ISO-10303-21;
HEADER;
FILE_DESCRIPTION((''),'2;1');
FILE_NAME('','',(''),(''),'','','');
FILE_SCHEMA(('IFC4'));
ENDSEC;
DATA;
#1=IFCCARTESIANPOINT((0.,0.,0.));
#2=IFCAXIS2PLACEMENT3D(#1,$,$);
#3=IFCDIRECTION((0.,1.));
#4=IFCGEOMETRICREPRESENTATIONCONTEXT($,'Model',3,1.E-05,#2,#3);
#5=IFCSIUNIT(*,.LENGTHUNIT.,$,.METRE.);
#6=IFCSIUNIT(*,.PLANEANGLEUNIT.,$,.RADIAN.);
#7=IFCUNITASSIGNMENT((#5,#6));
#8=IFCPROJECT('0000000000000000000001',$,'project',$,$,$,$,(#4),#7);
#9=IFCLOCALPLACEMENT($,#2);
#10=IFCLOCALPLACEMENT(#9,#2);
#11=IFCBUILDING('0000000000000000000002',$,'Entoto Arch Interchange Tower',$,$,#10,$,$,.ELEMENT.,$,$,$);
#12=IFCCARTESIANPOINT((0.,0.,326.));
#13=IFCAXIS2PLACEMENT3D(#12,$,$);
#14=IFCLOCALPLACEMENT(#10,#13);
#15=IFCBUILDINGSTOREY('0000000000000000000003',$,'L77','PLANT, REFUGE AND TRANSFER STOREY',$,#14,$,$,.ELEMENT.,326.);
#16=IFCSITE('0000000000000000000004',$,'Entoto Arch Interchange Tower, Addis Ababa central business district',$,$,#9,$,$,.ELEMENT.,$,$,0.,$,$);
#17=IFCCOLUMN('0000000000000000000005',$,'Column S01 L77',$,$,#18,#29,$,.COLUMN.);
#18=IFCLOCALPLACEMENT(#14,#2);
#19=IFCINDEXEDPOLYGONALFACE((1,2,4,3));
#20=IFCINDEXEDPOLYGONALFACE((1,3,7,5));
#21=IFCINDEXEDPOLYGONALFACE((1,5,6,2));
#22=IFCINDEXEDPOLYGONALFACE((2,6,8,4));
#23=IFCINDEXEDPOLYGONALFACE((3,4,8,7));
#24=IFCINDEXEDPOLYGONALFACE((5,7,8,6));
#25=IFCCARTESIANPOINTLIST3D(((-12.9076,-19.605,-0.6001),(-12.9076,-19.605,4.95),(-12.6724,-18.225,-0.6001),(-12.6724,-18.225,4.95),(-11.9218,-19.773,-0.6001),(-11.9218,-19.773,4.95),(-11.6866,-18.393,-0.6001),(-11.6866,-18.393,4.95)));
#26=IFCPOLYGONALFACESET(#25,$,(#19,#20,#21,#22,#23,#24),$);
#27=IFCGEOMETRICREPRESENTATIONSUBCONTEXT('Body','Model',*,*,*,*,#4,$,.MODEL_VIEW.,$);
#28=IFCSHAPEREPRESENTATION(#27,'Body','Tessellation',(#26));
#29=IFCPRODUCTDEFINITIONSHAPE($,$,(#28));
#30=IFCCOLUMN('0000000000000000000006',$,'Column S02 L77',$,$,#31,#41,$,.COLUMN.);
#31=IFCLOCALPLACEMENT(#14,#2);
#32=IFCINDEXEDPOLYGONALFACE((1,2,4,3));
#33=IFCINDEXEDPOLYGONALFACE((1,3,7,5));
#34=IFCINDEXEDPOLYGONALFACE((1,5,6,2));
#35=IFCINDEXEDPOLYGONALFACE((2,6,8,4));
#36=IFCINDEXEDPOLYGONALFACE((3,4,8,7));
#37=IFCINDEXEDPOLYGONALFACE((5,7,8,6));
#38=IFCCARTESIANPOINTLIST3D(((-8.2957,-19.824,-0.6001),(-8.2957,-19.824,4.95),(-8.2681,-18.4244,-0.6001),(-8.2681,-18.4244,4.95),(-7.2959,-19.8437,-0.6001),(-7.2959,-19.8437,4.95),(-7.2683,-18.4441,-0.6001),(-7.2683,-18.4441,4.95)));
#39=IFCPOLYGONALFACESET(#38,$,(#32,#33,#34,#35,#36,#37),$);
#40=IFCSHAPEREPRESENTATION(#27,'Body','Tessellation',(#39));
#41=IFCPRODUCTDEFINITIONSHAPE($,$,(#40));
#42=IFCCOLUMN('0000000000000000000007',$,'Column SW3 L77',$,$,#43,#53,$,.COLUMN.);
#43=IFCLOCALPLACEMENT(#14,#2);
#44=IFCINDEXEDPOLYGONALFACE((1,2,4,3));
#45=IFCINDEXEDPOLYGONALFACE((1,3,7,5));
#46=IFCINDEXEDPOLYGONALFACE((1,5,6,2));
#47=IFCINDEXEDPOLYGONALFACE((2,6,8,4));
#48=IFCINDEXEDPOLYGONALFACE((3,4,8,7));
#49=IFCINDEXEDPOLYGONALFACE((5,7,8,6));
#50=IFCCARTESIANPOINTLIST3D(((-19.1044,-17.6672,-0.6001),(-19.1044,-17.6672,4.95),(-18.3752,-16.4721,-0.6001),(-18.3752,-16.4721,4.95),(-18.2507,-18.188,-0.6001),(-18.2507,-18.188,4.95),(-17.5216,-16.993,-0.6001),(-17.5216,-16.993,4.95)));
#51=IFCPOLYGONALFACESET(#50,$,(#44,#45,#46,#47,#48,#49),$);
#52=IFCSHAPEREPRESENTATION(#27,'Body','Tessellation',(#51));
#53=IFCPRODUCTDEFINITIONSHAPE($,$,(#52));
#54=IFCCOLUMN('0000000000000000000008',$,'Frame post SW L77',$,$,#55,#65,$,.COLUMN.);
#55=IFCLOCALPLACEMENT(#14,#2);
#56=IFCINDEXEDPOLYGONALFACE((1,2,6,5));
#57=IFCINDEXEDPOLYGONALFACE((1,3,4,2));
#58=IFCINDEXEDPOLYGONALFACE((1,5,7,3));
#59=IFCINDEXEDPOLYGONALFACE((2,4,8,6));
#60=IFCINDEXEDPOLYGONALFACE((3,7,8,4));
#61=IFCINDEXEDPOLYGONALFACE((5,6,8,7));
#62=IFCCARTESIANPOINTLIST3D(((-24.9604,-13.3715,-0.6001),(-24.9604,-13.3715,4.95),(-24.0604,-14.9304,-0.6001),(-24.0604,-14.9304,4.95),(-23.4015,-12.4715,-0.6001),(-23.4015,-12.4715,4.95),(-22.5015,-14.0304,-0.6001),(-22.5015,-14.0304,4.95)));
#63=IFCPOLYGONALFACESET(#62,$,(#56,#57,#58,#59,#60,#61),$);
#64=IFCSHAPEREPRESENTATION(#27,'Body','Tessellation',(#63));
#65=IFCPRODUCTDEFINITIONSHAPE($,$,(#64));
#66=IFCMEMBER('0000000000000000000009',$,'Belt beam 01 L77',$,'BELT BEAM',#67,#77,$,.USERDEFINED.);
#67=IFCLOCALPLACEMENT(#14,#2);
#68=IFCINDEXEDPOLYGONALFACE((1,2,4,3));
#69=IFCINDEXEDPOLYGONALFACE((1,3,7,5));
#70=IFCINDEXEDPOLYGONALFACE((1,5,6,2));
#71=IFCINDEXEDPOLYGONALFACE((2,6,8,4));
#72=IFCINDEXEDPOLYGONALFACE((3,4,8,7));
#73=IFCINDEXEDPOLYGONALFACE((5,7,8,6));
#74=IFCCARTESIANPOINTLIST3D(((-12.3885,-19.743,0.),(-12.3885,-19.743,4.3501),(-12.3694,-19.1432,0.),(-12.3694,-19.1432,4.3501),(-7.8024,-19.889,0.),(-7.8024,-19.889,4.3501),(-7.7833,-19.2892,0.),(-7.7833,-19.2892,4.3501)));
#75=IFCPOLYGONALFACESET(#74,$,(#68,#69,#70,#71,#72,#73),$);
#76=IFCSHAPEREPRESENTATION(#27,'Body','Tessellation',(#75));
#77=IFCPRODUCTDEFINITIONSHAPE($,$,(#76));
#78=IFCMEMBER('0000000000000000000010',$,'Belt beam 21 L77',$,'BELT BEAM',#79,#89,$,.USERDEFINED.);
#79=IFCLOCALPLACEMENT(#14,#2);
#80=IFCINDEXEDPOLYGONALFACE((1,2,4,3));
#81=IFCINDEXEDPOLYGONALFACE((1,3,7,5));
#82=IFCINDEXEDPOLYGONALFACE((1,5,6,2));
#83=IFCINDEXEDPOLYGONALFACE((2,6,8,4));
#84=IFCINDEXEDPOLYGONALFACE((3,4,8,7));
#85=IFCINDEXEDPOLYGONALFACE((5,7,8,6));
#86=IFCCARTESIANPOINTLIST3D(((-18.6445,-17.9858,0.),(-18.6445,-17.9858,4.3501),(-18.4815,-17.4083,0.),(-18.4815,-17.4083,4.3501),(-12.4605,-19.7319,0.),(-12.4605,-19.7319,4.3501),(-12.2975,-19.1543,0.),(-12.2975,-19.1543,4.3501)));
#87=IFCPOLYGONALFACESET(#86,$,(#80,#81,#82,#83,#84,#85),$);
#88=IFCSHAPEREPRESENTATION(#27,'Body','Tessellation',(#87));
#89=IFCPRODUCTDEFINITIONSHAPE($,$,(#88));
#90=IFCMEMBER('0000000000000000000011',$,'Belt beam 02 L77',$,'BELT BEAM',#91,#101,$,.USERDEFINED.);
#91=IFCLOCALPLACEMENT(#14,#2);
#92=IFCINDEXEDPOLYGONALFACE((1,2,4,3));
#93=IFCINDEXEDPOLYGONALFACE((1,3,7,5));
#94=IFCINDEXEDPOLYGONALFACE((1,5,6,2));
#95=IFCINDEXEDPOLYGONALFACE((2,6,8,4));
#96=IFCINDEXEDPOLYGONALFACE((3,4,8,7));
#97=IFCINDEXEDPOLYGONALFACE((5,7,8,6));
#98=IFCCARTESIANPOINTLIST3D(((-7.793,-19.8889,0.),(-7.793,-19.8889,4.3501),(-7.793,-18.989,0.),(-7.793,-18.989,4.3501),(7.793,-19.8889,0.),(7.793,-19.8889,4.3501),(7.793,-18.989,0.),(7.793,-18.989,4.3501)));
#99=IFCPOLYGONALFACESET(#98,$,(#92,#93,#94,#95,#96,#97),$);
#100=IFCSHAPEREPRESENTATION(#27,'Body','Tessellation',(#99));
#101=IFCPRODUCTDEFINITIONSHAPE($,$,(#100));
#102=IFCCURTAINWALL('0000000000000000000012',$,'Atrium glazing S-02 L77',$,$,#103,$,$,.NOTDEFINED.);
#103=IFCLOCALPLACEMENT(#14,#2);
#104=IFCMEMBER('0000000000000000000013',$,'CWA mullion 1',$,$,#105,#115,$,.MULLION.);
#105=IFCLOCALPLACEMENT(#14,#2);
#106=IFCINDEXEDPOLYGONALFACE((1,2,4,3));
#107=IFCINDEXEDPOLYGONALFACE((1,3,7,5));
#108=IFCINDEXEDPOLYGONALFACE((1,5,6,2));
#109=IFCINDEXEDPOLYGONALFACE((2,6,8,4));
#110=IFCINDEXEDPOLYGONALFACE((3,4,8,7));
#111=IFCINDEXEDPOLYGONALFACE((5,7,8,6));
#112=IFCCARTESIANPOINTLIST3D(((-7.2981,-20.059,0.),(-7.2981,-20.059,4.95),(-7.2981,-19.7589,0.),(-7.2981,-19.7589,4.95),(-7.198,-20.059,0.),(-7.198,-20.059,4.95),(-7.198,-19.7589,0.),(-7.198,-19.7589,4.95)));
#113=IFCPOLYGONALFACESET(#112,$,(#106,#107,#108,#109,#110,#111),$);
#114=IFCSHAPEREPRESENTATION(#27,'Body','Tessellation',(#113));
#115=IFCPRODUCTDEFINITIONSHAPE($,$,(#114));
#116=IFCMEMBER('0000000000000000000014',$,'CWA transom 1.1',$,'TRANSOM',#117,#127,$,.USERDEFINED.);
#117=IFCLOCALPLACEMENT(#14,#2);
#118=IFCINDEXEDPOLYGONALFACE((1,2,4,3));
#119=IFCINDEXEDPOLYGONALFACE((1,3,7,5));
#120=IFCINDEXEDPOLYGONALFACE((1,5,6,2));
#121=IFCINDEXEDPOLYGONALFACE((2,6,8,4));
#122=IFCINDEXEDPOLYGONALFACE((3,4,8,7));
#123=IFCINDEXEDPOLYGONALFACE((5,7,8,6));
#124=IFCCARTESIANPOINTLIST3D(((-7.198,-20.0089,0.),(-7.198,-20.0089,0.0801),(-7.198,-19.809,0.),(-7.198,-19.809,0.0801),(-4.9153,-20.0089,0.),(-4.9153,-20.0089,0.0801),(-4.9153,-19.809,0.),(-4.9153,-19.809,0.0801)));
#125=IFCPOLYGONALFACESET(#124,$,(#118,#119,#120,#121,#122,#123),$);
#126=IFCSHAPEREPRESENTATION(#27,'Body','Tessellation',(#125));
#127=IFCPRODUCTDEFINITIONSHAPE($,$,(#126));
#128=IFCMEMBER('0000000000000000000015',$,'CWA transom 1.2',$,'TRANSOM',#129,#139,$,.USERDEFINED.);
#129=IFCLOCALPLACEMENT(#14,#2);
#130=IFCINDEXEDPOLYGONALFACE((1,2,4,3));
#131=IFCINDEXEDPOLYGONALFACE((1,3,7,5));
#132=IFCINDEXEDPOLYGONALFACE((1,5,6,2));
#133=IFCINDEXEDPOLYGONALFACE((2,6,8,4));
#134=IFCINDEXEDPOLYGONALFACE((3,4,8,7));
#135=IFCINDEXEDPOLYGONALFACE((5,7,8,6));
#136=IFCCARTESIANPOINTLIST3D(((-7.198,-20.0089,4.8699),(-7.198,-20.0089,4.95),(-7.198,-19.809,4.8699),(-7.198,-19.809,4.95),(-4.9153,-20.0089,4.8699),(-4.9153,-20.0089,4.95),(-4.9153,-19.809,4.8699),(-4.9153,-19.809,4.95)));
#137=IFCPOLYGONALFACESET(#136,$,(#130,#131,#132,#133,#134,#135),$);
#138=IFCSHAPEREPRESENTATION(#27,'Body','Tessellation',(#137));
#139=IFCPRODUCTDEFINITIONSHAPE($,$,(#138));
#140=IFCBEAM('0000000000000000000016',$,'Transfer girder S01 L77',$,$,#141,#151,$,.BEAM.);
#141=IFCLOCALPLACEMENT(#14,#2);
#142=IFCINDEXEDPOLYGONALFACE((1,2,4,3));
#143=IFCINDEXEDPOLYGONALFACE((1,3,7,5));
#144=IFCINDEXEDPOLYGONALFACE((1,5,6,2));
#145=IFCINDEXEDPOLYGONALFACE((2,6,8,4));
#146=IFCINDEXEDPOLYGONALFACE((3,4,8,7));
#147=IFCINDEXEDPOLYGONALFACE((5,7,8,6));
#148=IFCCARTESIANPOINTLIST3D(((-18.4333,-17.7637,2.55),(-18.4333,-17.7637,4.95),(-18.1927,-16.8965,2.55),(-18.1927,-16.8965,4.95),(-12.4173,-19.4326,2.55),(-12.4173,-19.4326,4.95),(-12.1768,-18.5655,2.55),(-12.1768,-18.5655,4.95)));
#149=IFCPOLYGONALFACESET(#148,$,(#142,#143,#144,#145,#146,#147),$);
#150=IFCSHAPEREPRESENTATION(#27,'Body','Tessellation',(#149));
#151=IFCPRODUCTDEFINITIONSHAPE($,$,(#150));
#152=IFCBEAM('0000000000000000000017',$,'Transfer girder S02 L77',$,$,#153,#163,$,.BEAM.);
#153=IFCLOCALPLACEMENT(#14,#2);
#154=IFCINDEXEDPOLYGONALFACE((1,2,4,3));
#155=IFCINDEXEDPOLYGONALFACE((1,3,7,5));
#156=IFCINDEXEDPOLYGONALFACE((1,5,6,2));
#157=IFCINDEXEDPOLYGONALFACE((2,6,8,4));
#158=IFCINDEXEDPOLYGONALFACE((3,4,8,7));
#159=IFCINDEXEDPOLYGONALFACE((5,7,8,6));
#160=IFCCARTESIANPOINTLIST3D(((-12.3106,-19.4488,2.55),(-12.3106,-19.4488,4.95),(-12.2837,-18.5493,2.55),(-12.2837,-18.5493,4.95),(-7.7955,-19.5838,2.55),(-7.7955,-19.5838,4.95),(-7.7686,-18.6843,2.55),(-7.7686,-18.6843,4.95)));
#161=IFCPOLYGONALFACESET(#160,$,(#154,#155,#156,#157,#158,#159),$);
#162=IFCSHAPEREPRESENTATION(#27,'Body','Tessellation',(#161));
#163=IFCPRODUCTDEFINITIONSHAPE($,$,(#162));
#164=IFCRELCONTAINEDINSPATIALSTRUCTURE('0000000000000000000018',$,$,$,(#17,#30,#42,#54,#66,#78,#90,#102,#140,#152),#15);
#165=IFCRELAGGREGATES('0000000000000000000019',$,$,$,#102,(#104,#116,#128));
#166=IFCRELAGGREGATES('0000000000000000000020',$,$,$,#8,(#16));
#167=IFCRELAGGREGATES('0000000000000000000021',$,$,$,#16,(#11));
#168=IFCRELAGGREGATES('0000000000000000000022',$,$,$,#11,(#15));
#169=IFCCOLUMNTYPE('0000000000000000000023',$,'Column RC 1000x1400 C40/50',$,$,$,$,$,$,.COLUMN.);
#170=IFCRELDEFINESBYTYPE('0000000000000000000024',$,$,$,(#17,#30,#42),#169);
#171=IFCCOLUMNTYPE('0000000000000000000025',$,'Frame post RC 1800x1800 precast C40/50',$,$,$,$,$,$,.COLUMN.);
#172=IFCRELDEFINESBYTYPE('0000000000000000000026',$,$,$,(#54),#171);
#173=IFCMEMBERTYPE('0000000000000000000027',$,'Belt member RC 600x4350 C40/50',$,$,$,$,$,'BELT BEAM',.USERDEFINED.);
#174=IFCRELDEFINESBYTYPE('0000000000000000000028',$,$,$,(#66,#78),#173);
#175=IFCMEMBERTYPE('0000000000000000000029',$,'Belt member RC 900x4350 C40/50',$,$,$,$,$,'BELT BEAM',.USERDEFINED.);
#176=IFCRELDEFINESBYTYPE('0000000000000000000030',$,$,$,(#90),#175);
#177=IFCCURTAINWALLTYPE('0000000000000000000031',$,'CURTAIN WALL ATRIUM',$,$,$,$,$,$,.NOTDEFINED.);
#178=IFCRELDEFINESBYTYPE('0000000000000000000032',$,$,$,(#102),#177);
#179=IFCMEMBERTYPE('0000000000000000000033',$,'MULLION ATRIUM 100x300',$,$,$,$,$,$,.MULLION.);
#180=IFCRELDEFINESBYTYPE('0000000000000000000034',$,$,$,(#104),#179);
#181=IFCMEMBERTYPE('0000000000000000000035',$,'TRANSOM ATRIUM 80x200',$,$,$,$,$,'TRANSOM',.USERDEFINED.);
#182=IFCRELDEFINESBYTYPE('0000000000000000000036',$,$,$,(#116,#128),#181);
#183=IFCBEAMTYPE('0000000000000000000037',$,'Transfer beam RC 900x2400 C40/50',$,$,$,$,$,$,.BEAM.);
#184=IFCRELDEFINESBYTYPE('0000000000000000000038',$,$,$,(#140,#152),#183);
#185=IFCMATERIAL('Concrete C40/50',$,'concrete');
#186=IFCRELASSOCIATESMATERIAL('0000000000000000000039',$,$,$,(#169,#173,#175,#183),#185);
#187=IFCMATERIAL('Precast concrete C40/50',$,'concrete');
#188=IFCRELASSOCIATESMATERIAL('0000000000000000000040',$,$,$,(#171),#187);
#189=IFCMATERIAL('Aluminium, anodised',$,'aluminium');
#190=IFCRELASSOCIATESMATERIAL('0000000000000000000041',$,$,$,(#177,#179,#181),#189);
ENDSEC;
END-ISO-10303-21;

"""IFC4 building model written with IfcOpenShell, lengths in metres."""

from ifc_helpers import new_model, si_unit, direction, frame, origin, origin_2d, place, context, subcontext, project, spatial, rectangle, extrude, material, material_profile, profile_set, type_object, element, aggregate, save


model = new_model("IFC4")

# Units and contexts
model_context = context("Model", 3, precision=1e-05, world=origin(), true_north=direction((0.0, 1.0)))
body_context = subcontext(model_context, "Body", "Model", "MODEL_VIEW")
ifc_project = project(units=[si_unit("LENGTHUNIT", "METRE"), si_unit("PLANEANGLEUNIT", "RADIAN")], contexts=[model_context])

# Site, building, storey
site_placement = place(None, origin())
site = spatial("IfcSite", under=ifc_project, at=site_placement, Name="Entoto Arch Interchange Tower, Addis Ababa central business district", CompositionType="ELEMENT", RefElevation=0.0)
building_placement = place(site_placement, origin())
building = spatial("IfcBuilding", under=site, at=building_placement, Name="Entoto Arch Interchange Tower", CompositionType="ELEMENT")
storey_placement = place(building_placement, frame((0.0, 0.0, 326.0)))
storey = spatial("IfcBuildingStorey", under=building, at=storey_placement, Name="L77", Description="PLANT, REFUGE AND TRANSFER STOREY", CompositionType="ELEMENT", Elevation=326.0)

# Columns
ifc_material_1 = material(Name="Concrete C40/50", Category="concrete")
ifc_material_profile_1 = material_profile(ifc_material_1, rectangle(XDim=1.0, YDim=1.3999, at=origin_2d()))
ifc_profile_set_1 = profile_set([ifc_material_profile_1], Name="Concrete C40/50")
column_type_1 = type_object("IfcColumnType", Name="Column RC 1000x1400 C40/50", PredefinedType="COLUMN", material=ifc_profile_set_1)
for number, where, z_axis, x_axis, name in (
    (1, (-12.2971, -18.999, -0.6001), (0.0, 0.0, 1.0), (-0.985786, 0.168008, 0.0), "Column S01 L77"),
    (2, (-7.782, -19.134, -0.6001), (0.0, 0.0, 1.0), (-0.999806, 0.019721, 0.0), "Column S02 L77"),
    (3, (-18.313, -17.3301, -0.6001), (0.0, 0.0, 1.0), (-0.853651, 0.520846, 0.0), "Column SW3 L77"),
):
    element("IfcColumn", number, at=place(storey_placement, frame(where, z_axis=z_axis, x_axis=x_axis)), inside=storey, type_object=column_type_1, Name=name, PredefinedType="COLUMN", context=body_context, shape_type="SweptSolid", body=[
        extrude(rectangle(XDim=1.0, YDim=1.3999, at=origin_2d()), origin(), (0.0, 0.0, 1.0), 5.55),
    ])
ifc_material_2 = material(Name="Precast concrete C40/50", Category="concrete")
ifc_material_profile_2 = material_profile(ifc_material_2, rectangle(XDim=1.8, YDim=1.8, at=origin_2d()))
ifc_profile_set_2 = profile_set([ifc_material_profile_2], Name="Precast concrete C40/50")
column_type_2 = type_object("IfcColumnType", Name="Frame post RC 1800x1800 precast C40/50", PredefinedType="COLUMN", material=ifc_profile_set_2)
column_placement = place(storey_placement, frame((-23.731, -13.7009, -0.6001), z_axis=(0.0, 0.0, 1.0), x_axis=(0.866025, 0.5, 0.0)))
element("IfcColumn", 4, at=column_placement, inside=storey, type_object=column_type_2, Name="Frame post SW L77", PredefinedType="COLUMN", context=body_context, shape_type="SweptSolid", body=[
    extrude(rectangle(XDim=1.8, YDim=1.8, at=origin_2d()), origin(), (0.0, 0.0, 1.0), 5.55),
])

# Members
ifc_material_profile_3 = material_profile(ifc_material_1, rectangle(XDim=0.6001, YDim=4.3501, at=origin_2d()))
ifc_profile_set_3 = profile_set([ifc_material_profile_3], Name="Concrete C40/50")
member_type_1 = type_object("IfcMemberType", Name="Belt member RC 600x4350 C40/50", ElementType="BELT BEAM", PredefinedType="USERDEFINED", material=ifc_profile_set_3)
member_1_placement = place(storey_placement, frame((-12.3789, -19.4431, 2.175), z_axis=(0.999494, -0.031819, 0.0), x_axis=(0.031819, 0.999494, 0.0)))
element("IfcMember", 5, at=member_1_placement, inside=storey, type_object=member_type_1, Name="Belt beam 01 L77", ObjectType="BELT BEAM", PredefinedType="USERDEFINED", context=body_context, shape_type="SweptSolid", body=[
    extrude(rectangle(XDim=0.6001, YDim=4.3501, at=origin_2d()), origin(), (0.0, 0.0, 1.0), 4.5884),
])
member_2_placement = place(storey_placement, frame((-18.563, -17.697, 2.175), z_axis=(0.962374, -0.271729, 0.0), x_axis=(0.271729, 0.962374, 0.0)))
element("IfcMember", 6, at=member_2_placement, inside=storey, type_object=member_type_1, Name="Belt beam 21 L77", ObjectType="BELT BEAM", PredefinedType="USERDEFINED", context=body_context, shape_type="SweptSolid", body=[
    extrude(rectangle(XDim=0.6001, YDim=4.3501, at=origin_2d()), origin(), (0.0, 0.0, 1.0), 6.4258),
])
ifc_material_profile_4 = material_profile(ifc_material_1, rectangle(XDim=0.8999, YDim=4.3501, at=origin_2d()))
ifc_profile_set_4 = profile_set([ifc_material_profile_4], Name="Concrete C40/50")
member_type_2 = type_object("IfcMemberType", Name="Belt member RC 900x4350 C40/50", ElementType="BELT BEAM", PredefinedType="USERDEFINED", material=ifc_profile_set_4)
member_3_placement = place(storey_placement, frame((-7.793, -19.439, 2.175), z_axis=(1.0, 0.0, 0.0), x_axis=(0.0, 1.0, 0.0)))
element("IfcMember", 7, at=member_3_placement, inside=storey, type_object=member_type_2, Name="Belt beam 02 L77", ObjectType="BELT BEAM", PredefinedType="USERDEFINED", context=body_context, shape_type="SweptSolid", body=[
    extrude(rectangle(XDim=0.8999, YDim=4.3501, at=origin_2d()), origin(), (0.0, 0.0, 1.0), 15.5859),
])

# Curtain wall, members
ifc_material_3 = material(Name="Aluminium, anodised", Category="aluminium")
curtain_wall_type = type_object("IfcCurtainWallType", Name="CURTAIN WALL ATRIUM", PredefinedType="NOTDEFINED", material=ifc_material_3)
curtain_wall_placement = place(storey_placement, origin())
curtain_wall = element("IfcCurtainWall", 8, at=curtain_wall_placement, inside=storey, type_object=curtain_wall_type, Name="Atrium glazing S-02 L77", PredefinedType="NOTDEFINED")
ifc_material_profile_5 = material_profile(ifc_material_3, rectangle(XDim=0.3, YDim=0.1001, at=origin_2d()))
ifc_profile_set_5 = profile_set([ifc_material_profile_5], Name="Aluminium, anodised")
member_type_3 = type_object("IfcMemberType", Name="MULLION ATRIUM 100x300", PredefinedType="MULLION", material=ifc_profile_set_5)
member_4_placement = place(storey_placement, frame((-7.248, -19.9089, 0.0), z_axis=(0.0, 0.0, 1.0), x_axis=(0.0, 1.0, 0.0)))
member_4 = element("IfcMember", 9, at=member_4_placement, type_object=member_type_3, Name="CWA mullion 1", PredefinedType="MULLION", context=body_context, shape_type="SweptSolid", body=[
    extrude(rectangle(XDim=0.3, YDim=0.1001, at=origin_2d()), origin(), (0.0, 0.0, 1.0), 4.95),
])
ifc_material_profile_6 = material_profile(ifc_material_3, rectangle(XDim=0.2, YDim=0.0801, at=origin_2d()))
ifc_profile_set_6 = profile_set([ifc_material_profile_6], Name="Aluminium, anodised")
member_type_4 = type_object("IfcMemberType", Name="TRANSOM ATRIUM 80x200", ElementType="TRANSOM", PredefinedType="USERDEFINED", material=ifc_profile_set_6)
member_5_placement = place(storey_placement, frame((-7.198, -19.9089, 0.04), z_axis=(1.0, 0.0, 0.0), x_axis=(0.0, 1.0, 0.0)))
member_5 = element("IfcMember", 10, at=member_5_placement, type_object=member_type_4, Name="CWA transom 1.1", ObjectType="TRANSOM", PredefinedType="USERDEFINED", context=body_context, shape_type="SweptSolid", body=[
    extrude(rectangle(XDim=0.2, YDim=0.0801, at=origin_2d()), origin(), (0.0, 0.0, 1.0), 2.2827),
])
member_6_placement = place(storey_placement, frame((-7.198, -19.9089, 4.9099), z_axis=(1.0, 0.0, 0.0), x_axis=(0.0, 1.0, 0.0)))
member_6 = element("IfcMember", 11, at=member_6_placement, type_object=member_type_4, Name="CWA transom 1.2", ObjectType="TRANSOM", PredefinedType="USERDEFINED", context=body_context, shape_type="SweptSolid", body=[
    extrude(rectangle(XDim=0.2, YDim=0.0801, at=origin_2d()), origin(), (0.0, 0.0, 1.0), 2.2827),
])
aggregate(curtain_wall, [member_4, member_5, member_6])

# Beams
ifc_material_profile_7 = material_profile(ifc_material_1, rectangle(XDim=0.8999, YDim=2.3999, at=origin_2d()))
ifc_profile_set_7 = profile_set([ifc_material_profile_7], Name="Concrete C40/50")
beam_type = type_object("IfcBeamType", Name="Transfer beam RC 900x2400 C40/50", PredefinedType="BEAM", material=ifc_profile_set_7)
beam_1_placement = place(storey_placement, frame((-18.313, -17.3301, 3.75), z_axis=(0.963606, -0.267327, 0.0), x_axis=(0.267327, 0.963606, 0.0)))
element("IfcBeam", 12, at=beam_1_placement, inside=storey, type_object=beam_type, Name="Transfer girder S01 L77", PredefinedType="BEAM", context=body_context, shape_type="SweptSolid", body=[
    extrude(rectangle(XDim=0.8999, YDim=2.3999, at=origin_2d()), origin(), (0.0, 0.0, 1.0), 6.2432),
])
beam_2_placement = place(storey_placement, frame((-12.2971, -18.999, 3.75), z_axis=(0.999553, -0.029888, 0.0), x_axis=(0.029888, 0.999553, 0.0)))
element("IfcBeam", 13, at=beam_2_placement, inside=storey, type_object=beam_type, Name="Transfer girder S02 L77", PredefinedType="BEAM", context=body_context, shape_type="SweptSolid", body=[
    extrude(rectangle(XDim=0.8999, YDim=2.3999, at=origin_2d()), origin(), (0.0, 0.0, 1.0), 4.5171),
])

save(model, "model.ifc")
